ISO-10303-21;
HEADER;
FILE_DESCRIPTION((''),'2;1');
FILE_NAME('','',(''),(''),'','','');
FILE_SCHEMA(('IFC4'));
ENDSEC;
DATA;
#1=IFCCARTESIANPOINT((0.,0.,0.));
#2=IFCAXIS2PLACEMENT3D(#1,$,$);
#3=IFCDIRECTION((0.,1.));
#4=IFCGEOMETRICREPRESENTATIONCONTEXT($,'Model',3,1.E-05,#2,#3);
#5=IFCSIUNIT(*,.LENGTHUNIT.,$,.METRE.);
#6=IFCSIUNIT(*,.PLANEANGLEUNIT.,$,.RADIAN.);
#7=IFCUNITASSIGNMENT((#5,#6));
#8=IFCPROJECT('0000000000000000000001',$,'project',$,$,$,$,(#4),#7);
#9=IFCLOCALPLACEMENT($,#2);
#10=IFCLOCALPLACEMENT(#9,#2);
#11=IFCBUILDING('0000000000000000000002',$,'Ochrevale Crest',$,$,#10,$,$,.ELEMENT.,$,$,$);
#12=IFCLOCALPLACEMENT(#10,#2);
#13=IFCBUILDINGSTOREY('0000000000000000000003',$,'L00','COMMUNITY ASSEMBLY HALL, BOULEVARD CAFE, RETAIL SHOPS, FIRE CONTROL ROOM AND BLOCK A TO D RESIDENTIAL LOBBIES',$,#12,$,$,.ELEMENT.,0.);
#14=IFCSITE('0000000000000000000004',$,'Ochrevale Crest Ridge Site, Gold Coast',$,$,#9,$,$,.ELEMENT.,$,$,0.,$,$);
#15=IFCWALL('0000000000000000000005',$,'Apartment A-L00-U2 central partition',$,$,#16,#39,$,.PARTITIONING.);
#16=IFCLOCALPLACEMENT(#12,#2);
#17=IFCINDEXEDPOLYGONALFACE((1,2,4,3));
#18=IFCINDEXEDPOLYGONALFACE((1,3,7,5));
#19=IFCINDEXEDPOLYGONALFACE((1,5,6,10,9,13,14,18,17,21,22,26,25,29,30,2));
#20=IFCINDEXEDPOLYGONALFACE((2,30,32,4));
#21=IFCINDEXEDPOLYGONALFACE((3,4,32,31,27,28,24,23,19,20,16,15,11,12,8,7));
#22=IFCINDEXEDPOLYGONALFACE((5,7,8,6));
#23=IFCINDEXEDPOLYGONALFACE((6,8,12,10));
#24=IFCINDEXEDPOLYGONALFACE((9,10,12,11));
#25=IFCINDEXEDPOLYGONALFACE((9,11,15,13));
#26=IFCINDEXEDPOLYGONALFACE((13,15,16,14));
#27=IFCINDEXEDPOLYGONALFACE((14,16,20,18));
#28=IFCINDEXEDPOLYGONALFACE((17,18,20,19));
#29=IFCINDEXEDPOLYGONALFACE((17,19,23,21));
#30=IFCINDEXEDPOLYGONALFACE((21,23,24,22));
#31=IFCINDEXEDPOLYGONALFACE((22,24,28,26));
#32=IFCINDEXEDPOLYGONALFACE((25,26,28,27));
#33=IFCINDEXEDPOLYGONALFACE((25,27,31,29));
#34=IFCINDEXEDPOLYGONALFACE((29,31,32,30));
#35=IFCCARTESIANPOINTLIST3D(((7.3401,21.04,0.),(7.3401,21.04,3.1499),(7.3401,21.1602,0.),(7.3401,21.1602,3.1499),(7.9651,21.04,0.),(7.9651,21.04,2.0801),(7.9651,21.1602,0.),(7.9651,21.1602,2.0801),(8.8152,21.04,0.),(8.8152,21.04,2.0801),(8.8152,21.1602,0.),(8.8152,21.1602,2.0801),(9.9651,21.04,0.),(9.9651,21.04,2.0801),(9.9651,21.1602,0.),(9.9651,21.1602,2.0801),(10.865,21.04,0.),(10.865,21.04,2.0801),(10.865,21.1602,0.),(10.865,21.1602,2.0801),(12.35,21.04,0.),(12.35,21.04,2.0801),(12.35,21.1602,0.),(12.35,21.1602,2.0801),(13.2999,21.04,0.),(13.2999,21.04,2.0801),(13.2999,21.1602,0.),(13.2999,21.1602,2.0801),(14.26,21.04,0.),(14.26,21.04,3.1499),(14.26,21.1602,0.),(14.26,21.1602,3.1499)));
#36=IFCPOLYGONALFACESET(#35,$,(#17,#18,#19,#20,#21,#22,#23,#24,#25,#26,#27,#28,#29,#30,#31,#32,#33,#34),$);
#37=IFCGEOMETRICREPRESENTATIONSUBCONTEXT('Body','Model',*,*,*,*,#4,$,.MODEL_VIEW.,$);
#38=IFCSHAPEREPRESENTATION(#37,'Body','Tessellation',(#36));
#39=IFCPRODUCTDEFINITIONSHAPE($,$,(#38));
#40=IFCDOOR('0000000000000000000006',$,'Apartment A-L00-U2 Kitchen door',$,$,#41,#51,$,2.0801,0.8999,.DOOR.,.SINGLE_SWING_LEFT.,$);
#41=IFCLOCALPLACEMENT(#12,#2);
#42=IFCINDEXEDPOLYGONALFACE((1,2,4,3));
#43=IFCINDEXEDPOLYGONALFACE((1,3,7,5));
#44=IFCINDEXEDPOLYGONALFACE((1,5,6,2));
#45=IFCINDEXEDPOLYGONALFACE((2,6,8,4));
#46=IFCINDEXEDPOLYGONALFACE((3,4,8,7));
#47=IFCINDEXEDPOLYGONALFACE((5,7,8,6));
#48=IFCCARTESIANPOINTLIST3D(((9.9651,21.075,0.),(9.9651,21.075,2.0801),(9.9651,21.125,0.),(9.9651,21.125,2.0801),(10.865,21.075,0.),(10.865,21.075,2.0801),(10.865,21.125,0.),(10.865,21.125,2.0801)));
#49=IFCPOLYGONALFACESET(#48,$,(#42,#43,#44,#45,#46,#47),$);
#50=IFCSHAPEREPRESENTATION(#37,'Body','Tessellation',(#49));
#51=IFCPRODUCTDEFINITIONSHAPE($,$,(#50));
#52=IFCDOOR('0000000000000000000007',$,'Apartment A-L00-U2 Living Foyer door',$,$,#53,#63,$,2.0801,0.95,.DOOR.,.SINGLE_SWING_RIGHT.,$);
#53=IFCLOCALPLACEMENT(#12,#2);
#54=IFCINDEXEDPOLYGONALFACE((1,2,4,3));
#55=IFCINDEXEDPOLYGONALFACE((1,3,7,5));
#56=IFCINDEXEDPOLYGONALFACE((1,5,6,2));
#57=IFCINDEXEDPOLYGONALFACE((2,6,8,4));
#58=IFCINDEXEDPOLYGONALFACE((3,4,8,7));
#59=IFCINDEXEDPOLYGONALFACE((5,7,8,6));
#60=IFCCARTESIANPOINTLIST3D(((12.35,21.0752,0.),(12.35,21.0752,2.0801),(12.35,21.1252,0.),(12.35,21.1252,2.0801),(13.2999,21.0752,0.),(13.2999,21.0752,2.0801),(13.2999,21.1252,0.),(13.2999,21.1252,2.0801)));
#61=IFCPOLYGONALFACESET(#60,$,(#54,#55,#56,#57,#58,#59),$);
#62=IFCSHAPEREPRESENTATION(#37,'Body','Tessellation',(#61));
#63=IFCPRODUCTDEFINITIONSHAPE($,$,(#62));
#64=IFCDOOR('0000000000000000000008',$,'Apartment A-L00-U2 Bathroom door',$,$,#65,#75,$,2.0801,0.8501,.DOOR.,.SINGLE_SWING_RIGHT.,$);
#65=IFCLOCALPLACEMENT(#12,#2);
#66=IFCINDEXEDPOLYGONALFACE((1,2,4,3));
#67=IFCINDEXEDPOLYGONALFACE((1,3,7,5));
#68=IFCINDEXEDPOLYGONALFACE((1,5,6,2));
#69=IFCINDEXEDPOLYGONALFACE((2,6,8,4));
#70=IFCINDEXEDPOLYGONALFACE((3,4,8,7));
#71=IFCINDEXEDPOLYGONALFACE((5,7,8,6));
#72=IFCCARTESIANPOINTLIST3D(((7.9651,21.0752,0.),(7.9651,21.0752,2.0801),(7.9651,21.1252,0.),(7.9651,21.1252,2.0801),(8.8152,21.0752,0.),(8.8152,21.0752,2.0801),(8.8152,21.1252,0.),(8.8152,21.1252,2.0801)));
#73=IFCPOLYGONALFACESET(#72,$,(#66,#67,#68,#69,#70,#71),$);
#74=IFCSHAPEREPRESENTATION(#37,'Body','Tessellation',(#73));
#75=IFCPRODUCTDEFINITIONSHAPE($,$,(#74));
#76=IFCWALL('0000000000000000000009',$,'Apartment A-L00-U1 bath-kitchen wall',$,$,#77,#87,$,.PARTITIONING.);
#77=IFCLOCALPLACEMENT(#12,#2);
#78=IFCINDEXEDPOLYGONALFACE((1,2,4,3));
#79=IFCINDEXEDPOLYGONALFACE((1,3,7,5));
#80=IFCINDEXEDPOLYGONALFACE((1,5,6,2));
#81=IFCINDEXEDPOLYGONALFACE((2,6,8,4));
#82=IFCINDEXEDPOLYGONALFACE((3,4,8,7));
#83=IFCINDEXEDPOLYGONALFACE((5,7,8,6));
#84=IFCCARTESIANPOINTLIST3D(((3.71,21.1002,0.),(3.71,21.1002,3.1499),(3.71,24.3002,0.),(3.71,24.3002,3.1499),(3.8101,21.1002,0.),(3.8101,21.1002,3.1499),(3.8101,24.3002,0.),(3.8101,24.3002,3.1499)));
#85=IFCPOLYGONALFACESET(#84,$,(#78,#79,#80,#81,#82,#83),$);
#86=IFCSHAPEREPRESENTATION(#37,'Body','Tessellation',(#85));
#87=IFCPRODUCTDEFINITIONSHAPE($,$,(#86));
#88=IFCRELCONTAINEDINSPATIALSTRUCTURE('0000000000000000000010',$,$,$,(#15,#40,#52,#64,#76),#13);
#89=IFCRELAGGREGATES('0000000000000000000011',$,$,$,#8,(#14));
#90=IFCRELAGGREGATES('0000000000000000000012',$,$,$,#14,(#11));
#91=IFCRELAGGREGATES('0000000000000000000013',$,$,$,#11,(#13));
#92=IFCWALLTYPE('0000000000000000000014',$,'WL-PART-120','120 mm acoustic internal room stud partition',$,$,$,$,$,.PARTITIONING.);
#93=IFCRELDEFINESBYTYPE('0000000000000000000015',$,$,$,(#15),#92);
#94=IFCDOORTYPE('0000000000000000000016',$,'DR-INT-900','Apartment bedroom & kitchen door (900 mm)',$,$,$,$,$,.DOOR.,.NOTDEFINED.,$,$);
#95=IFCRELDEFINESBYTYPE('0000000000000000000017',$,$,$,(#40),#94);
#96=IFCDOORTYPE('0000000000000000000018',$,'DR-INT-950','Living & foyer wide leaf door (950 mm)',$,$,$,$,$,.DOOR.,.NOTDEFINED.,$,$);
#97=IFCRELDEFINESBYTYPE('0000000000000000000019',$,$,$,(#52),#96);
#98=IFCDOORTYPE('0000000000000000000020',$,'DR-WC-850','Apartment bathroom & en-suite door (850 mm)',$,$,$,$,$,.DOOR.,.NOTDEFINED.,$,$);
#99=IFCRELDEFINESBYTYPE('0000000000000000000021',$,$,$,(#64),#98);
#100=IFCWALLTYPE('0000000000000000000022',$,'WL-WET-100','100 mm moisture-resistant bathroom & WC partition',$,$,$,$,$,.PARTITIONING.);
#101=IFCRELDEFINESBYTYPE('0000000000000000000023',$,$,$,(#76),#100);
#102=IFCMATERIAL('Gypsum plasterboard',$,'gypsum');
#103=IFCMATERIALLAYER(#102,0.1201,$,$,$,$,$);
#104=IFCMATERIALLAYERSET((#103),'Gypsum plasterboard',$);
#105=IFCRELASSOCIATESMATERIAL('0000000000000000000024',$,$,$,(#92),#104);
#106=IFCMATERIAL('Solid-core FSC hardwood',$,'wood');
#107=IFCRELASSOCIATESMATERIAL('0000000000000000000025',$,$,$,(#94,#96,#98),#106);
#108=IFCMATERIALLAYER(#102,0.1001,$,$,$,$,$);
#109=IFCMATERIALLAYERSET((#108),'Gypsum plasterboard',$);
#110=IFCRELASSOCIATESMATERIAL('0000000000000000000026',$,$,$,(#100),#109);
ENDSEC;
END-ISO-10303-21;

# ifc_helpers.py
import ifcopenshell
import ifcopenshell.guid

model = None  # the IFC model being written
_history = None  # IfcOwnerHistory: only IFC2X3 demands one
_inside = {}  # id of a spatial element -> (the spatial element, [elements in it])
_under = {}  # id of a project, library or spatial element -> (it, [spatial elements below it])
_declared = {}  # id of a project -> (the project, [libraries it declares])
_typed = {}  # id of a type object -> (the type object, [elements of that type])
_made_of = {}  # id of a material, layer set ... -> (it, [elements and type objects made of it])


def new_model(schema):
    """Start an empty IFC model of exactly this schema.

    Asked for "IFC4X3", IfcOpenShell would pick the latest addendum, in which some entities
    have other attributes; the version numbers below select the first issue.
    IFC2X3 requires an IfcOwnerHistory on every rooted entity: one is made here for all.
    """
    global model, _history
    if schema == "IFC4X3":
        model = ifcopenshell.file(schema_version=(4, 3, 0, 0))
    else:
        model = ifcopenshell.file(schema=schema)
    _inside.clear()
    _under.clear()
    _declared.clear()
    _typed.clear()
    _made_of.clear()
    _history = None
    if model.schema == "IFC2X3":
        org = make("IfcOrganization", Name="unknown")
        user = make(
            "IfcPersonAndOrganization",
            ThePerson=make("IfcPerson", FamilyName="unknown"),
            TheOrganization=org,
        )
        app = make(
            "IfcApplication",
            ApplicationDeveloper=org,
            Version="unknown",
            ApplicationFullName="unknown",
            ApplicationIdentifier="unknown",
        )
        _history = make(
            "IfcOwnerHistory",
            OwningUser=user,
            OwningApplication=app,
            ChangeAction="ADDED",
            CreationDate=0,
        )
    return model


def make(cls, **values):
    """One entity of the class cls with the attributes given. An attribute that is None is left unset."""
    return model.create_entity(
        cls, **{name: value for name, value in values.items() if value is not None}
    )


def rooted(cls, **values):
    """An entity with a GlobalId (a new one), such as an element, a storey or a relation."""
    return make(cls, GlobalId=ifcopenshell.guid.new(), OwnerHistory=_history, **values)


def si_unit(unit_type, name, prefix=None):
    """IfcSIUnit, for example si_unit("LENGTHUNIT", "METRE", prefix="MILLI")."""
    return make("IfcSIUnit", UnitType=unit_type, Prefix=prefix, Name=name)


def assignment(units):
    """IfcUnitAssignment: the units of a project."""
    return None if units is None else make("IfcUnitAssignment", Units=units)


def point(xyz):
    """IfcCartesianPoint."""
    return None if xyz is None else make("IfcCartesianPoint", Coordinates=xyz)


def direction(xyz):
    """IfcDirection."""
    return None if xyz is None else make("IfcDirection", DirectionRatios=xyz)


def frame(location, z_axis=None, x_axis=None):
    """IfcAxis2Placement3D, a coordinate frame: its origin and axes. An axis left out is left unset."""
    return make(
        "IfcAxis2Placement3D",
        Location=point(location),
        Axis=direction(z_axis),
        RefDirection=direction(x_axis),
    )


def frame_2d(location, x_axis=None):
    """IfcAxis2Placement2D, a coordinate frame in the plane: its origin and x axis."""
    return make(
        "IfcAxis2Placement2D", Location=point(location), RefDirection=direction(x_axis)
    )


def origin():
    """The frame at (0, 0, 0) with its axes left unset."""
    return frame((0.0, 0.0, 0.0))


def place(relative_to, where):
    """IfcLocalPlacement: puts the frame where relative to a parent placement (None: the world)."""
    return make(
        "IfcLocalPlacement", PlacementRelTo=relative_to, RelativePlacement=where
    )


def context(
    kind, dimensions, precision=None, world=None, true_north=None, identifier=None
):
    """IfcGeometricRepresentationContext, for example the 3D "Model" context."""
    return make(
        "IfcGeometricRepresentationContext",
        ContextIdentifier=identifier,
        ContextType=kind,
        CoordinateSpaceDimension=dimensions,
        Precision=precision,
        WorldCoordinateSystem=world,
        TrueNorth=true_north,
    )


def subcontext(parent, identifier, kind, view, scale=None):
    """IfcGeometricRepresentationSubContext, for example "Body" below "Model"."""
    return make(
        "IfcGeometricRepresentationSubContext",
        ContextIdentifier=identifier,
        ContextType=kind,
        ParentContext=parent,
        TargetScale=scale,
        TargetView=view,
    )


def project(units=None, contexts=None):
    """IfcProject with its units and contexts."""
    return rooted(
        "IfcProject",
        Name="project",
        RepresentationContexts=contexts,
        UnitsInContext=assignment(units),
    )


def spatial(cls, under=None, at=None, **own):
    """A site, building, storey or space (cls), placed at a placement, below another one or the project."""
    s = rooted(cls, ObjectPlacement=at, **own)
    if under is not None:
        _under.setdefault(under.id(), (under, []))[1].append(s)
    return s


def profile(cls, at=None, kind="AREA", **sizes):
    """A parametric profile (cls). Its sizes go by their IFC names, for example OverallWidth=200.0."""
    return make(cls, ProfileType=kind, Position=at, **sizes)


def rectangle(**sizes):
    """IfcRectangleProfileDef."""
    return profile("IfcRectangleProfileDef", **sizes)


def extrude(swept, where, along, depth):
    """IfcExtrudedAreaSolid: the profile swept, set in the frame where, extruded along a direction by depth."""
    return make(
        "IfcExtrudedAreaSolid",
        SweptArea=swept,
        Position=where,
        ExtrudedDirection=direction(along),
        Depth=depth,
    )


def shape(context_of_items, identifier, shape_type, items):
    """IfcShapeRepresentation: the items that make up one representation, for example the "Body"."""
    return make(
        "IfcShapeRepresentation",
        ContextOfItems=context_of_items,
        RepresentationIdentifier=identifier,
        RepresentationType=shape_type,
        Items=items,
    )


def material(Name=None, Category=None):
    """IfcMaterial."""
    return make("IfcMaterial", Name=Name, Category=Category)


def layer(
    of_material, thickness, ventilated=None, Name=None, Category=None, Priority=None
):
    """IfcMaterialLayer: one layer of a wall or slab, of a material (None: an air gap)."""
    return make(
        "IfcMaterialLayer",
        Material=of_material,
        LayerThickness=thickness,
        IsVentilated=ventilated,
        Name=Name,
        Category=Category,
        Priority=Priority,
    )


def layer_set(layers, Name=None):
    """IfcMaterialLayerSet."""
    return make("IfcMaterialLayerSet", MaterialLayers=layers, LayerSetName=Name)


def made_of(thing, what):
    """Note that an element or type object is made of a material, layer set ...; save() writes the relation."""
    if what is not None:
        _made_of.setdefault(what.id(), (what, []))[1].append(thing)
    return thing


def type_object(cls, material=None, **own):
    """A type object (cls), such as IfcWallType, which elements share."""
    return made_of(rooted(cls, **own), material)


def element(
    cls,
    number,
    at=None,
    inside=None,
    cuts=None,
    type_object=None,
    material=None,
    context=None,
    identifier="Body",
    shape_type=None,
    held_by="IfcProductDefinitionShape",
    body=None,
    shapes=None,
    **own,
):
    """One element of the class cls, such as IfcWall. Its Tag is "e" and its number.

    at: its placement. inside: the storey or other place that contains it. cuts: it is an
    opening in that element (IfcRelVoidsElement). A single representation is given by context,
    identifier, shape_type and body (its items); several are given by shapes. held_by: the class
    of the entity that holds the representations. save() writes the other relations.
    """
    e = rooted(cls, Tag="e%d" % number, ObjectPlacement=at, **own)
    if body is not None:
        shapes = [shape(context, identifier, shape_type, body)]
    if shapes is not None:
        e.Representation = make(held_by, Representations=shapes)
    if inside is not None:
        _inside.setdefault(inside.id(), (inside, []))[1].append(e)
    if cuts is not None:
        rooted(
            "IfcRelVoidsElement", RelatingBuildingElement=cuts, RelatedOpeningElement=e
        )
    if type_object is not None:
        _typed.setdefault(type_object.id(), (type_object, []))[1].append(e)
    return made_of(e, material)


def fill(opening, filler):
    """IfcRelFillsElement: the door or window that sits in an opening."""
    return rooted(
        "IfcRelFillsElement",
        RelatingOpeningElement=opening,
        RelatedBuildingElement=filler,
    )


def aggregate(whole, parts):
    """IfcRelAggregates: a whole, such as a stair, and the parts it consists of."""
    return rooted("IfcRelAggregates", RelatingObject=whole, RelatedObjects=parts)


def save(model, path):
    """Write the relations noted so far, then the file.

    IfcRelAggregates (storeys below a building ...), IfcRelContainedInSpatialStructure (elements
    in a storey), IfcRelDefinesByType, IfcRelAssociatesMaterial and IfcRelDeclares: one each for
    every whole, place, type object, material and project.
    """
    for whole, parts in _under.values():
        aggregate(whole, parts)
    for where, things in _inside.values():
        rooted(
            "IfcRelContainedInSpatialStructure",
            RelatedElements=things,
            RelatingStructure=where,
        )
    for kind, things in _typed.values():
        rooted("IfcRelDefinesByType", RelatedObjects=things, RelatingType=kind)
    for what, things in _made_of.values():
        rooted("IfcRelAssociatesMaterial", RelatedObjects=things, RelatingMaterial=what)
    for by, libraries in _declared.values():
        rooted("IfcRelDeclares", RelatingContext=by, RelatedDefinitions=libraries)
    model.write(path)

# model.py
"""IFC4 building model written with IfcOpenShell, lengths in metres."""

from ifc_helpers import new_model, si_unit, direction, frame, frame_2d, origin, place, context, subcontext, project, spatial, rectangle, extrude, material, layer, layer_set, type_object, element, fill, save


model = new_model("IFC4")

# Units and contexts
model_context = context("Model", 3, precision=1e-05, world=origin(), true_north=direction((0.0, 1.0)))
body_context = subcontext(model_context, "Body", "Model", "MODEL_VIEW")
ifc_project = project(units=[si_unit("LENGTHUNIT", "METRE"), si_unit("PLANEANGLEUNIT", "RADIAN")], contexts=[model_context])

# Site, building, storey
site_placement = place(None, origin())
site = spatial("IfcSite", under=ifc_project, at=site_placement, Name="Ochrevale Crest Ridge Site, Gold Coast", CompositionType="ELEMENT", RefElevation=0.0)
building_placement = place(site_placement, origin())
building = spatial("IfcBuilding", under=site, at=building_placement, Name="Ochrevale Crest", CompositionType="ELEMENT")
storey_placement = place(building_placement, origin())
storey = spatial("IfcBuildingStorey", under=building, at=storey_placement, Name="L00", Description="COMMUNITY ASSEMBLY HALL, BOULEVARD CAFE, RETAIL SHOPS, FIRE CONTROL ROOM AND BLOCK A TO D RESIDENTIAL LOBBIES", CompositionType="ELEMENT", Elevation=0.0)

# Shared definitions
ifc_material_1 = material(Name="Gypsum plasterboard", Category="gypsum")
ifc_layer_1 = layer(ifc_material_1, 0.1201)
ifc_layer_set_1 = layer_set([ifc_layer_1], Name="Gypsum plasterboard")
wall_type_1 = type_object("IfcWallType", Name="WL-PART-120", Description="120 mm acoustic internal room stud partition", PredefinedType="PARTITIONING", material=ifc_layer_set_1)

# Wall, openings, doors
ifc_material_2 = material(Name="Solid-core FSC hardwood", Category="wood")
door_type_1 = type_object("IfcDoorType", Name="DR-INT-900", Description="Apartment bedroom & kitchen door (900 mm)", OperationType="NOTDEFINED", PredefinedType="DOOR", material=ifc_material_2)
door_type_2 = type_object("IfcDoorType", Name="DR-INT-950", Description="Living & foyer wide leaf door (950 mm)", OperationType="NOTDEFINED", PredefinedType="DOOR", material=ifc_material_2)
door_type_3 = type_object("IfcDoorType", Name="DR-WC-850", Description="Apartment bathroom & en-suite door (850 mm)", OperationType="NOTDEFINED", PredefinedType="DOOR", material=ifc_material_2)
wall_1_placement = place(storey_placement, frame((7.3401, 21.1001, 0.0), z_axis=(0.0, 0.0, 1.0), x_axis=(1.0, 0.0, 0.0)))
wall_1 = element("IfcWall", 1, at=wall_1_placement, inside=storey, type_object=wall_type_1, Name="Apartment A-L00-U2 central partition", PredefinedType="PARTITIONING", context=body_context, shape_type="SweptSolid", body=[
    extrude(rectangle(XDim=6.9199, YDim=0.1201, at=frame_2d((3.46, 0.0))), origin(), (0.0, 0.0, 1.0), 3.1499),
])
opening_1_placement = place(wall_1_placement, frame((1.4751, 0.0, 0.0), z_axis=(0.0, 0.0, 1.0), x_axis=(-1.0, 0.0, 0.0)))
opening_1 = element("IfcOpeningElement", 2, at=opening_1_placement, cuts=wall_1, PredefinedType="OPENING", context=body_context, shape_type="SweptSolid", body=[
    extrude(rectangle(XDim=0.8501, YDim=2.0801, at=frame_2d((0.425, 1.04))), frame((0.0, 0.0701, 0.0), z_axis=(0.0, -1.0, 0.0), x_axis=(1.0, 0.0, 0.0)), (0.0, 0.0, 1.0), 0.1401),
])
opening_2_placement = place(wall_1_placement, frame((2.625, 0.0, 0.0)))
opening_2 = element("IfcOpeningElement", 3, at=opening_2_placement, cuts=wall_1, PredefinedType="OPENING", context=body_context, shape_type="SweptSolid", body=[
    extrude(rectangle(XDim=0.8999, YDim=2.0801, at=frame_2d((0.45, 1.04))), frame((0.0, 0.0701, 0.0), z_axis=(0.0, -1.0, 0.0), x_axis=(1.0, 0.0, 0.0)), (0.0, 0.0, 1.0), 0.1401),
])
opening_3_placement = place(wall_1_placement, frame((5.96, 0.0, 0.0), z_axis=(0.0, 0.0, 1.0), x_axis=(-1.0, 0.0, 0.0)))
opening_3 = element("IfcOpeningElement", 4, at=opening_3_placement, cuts=wall_1, PredefinedType="OPENING", context=body_context, shape_type="SweptSolid", body=[
    extrude(rectangle(XDim=0.95, YDim=2.0801, at=frame_2d((0.4751, 1.04))), frame((0.0, 0.0701, 0.0), z_axis=(0.0, -1.0, 0.0), x_axis=(1.0, 0.0, 0.0)), (0.0, 0.0, 1.0), 0.1401),
])
door_1_placement = place(opening_2_placement, origin())
door_1 = element("IfcDoor", 5, at=door_1_placement, inside=storey, type_object=door_type_1, Name="Apartment A-L00-U2 Kitchen door", OperationType="SINGLE_SWING_LEFT", OverallHeight=2.0801, OverallWidth=0.8999, PredefinedType="DOOR", context=body_context, shape_type="SweptSolid", body=[
    extrude(rectangle(XDim=0.8999, YDim=2.0801, at=frame_2d((0.45, 1.04))), frame((0.0, 0.0249, 0.0), z_axis=(0.0, -1.0, 0.0), x_axis=(1.0, 0.0, 0.0)), (0.0, 0.0, 1.0), 0.05),
])
fill(opening_2, door_1)
door_2_placement = place(opening_3_placement, origin())
door_2 = element("IfcDoor", 6, at=door_2_placement, inside=storey, type_object=door_type_2, Name="Apartment A-L00-U2 Living Foyer door", OperationType="SINGLE_SWING_RIGHT", OverallHeight=2.0801, OverallWidth=0.95, PredefinedType="DOOR", context=body_context, shape_type="SweptSolid", body=[
    extrude(rectangle(XDim=0.95, YDim=2.0801, at=frame_2d((0.4751, 1.04))), frame((0.0, 0.0249, 0.0), z_axis=(0.0, -1.0, 0.0), x_axis=(1.0, 0.0, 0.0)), (0.0, 0.0, 1.0), 0.05),
])
fill(opening_3, door_2)
door_3_placement = place(opening_1_placement, origin())
door_3 = element("IfcDoor", 7, at=door_3_placement, inside=storey, type_object=door_type_3, Name="Apartment A-L00-U2 Bathroom door", OperationType="SINGLE_SWING_RIGHT", OverallHeight=2.0801, OverallWidth=0.8501, PredefinedType="DOOR", context=body_context, shape_type="SweptSolid", body=[
    extrude(rectangle(XDim=0.8501, YDim=2.0801, at=frame_2d((0.425, 1.04))), frame((0.0, 0.0249, 0.0), z_axis=(0.0, -1.0, 0.0), x_axis=(1.0, 0.0, 0.0)), (0.0, 0.0, 1.0), 0.05),
])
fill(opening_1, door_3)

# Wall
ifc_layer_2 = layer(ifc_material_1, 0.1001)
ifc_layer_set_2 = layer_set([ifc_layer_2], Name="Gypsum plasterboard")
wall_type_2 = type_object("IfcWallType", Name="WL-WET-100", Description="100 mm moisture-resistant bathroom & WC partition", PredefinedType="PARTITIONING", material=ifc_layer_set_2)
wall_2_placement = place(storey_placement, frame((3.76, 21.1001, 0.0), z_axis=(0.0, 0.0, 1.0), x_axis=(0.0, 1.0, 0.0)))
element("IfcWall", 8, at=wall_2_placement, inside=storey, type_object=wall_type_2, Name="Apartment A-L00-U1 bath-kitchen wall", PredefinedType="PARTITIONING", context=body_context, shape_type="SweptSolid", body=[
    extrude(rectangle(XDim=3.2, YDim=0.1001, at=frame_2d((1.6001, 0.0))), origin(), (0.0, 0.0, 1.0), 3.1499),
])

save(model, "model.ifc")
